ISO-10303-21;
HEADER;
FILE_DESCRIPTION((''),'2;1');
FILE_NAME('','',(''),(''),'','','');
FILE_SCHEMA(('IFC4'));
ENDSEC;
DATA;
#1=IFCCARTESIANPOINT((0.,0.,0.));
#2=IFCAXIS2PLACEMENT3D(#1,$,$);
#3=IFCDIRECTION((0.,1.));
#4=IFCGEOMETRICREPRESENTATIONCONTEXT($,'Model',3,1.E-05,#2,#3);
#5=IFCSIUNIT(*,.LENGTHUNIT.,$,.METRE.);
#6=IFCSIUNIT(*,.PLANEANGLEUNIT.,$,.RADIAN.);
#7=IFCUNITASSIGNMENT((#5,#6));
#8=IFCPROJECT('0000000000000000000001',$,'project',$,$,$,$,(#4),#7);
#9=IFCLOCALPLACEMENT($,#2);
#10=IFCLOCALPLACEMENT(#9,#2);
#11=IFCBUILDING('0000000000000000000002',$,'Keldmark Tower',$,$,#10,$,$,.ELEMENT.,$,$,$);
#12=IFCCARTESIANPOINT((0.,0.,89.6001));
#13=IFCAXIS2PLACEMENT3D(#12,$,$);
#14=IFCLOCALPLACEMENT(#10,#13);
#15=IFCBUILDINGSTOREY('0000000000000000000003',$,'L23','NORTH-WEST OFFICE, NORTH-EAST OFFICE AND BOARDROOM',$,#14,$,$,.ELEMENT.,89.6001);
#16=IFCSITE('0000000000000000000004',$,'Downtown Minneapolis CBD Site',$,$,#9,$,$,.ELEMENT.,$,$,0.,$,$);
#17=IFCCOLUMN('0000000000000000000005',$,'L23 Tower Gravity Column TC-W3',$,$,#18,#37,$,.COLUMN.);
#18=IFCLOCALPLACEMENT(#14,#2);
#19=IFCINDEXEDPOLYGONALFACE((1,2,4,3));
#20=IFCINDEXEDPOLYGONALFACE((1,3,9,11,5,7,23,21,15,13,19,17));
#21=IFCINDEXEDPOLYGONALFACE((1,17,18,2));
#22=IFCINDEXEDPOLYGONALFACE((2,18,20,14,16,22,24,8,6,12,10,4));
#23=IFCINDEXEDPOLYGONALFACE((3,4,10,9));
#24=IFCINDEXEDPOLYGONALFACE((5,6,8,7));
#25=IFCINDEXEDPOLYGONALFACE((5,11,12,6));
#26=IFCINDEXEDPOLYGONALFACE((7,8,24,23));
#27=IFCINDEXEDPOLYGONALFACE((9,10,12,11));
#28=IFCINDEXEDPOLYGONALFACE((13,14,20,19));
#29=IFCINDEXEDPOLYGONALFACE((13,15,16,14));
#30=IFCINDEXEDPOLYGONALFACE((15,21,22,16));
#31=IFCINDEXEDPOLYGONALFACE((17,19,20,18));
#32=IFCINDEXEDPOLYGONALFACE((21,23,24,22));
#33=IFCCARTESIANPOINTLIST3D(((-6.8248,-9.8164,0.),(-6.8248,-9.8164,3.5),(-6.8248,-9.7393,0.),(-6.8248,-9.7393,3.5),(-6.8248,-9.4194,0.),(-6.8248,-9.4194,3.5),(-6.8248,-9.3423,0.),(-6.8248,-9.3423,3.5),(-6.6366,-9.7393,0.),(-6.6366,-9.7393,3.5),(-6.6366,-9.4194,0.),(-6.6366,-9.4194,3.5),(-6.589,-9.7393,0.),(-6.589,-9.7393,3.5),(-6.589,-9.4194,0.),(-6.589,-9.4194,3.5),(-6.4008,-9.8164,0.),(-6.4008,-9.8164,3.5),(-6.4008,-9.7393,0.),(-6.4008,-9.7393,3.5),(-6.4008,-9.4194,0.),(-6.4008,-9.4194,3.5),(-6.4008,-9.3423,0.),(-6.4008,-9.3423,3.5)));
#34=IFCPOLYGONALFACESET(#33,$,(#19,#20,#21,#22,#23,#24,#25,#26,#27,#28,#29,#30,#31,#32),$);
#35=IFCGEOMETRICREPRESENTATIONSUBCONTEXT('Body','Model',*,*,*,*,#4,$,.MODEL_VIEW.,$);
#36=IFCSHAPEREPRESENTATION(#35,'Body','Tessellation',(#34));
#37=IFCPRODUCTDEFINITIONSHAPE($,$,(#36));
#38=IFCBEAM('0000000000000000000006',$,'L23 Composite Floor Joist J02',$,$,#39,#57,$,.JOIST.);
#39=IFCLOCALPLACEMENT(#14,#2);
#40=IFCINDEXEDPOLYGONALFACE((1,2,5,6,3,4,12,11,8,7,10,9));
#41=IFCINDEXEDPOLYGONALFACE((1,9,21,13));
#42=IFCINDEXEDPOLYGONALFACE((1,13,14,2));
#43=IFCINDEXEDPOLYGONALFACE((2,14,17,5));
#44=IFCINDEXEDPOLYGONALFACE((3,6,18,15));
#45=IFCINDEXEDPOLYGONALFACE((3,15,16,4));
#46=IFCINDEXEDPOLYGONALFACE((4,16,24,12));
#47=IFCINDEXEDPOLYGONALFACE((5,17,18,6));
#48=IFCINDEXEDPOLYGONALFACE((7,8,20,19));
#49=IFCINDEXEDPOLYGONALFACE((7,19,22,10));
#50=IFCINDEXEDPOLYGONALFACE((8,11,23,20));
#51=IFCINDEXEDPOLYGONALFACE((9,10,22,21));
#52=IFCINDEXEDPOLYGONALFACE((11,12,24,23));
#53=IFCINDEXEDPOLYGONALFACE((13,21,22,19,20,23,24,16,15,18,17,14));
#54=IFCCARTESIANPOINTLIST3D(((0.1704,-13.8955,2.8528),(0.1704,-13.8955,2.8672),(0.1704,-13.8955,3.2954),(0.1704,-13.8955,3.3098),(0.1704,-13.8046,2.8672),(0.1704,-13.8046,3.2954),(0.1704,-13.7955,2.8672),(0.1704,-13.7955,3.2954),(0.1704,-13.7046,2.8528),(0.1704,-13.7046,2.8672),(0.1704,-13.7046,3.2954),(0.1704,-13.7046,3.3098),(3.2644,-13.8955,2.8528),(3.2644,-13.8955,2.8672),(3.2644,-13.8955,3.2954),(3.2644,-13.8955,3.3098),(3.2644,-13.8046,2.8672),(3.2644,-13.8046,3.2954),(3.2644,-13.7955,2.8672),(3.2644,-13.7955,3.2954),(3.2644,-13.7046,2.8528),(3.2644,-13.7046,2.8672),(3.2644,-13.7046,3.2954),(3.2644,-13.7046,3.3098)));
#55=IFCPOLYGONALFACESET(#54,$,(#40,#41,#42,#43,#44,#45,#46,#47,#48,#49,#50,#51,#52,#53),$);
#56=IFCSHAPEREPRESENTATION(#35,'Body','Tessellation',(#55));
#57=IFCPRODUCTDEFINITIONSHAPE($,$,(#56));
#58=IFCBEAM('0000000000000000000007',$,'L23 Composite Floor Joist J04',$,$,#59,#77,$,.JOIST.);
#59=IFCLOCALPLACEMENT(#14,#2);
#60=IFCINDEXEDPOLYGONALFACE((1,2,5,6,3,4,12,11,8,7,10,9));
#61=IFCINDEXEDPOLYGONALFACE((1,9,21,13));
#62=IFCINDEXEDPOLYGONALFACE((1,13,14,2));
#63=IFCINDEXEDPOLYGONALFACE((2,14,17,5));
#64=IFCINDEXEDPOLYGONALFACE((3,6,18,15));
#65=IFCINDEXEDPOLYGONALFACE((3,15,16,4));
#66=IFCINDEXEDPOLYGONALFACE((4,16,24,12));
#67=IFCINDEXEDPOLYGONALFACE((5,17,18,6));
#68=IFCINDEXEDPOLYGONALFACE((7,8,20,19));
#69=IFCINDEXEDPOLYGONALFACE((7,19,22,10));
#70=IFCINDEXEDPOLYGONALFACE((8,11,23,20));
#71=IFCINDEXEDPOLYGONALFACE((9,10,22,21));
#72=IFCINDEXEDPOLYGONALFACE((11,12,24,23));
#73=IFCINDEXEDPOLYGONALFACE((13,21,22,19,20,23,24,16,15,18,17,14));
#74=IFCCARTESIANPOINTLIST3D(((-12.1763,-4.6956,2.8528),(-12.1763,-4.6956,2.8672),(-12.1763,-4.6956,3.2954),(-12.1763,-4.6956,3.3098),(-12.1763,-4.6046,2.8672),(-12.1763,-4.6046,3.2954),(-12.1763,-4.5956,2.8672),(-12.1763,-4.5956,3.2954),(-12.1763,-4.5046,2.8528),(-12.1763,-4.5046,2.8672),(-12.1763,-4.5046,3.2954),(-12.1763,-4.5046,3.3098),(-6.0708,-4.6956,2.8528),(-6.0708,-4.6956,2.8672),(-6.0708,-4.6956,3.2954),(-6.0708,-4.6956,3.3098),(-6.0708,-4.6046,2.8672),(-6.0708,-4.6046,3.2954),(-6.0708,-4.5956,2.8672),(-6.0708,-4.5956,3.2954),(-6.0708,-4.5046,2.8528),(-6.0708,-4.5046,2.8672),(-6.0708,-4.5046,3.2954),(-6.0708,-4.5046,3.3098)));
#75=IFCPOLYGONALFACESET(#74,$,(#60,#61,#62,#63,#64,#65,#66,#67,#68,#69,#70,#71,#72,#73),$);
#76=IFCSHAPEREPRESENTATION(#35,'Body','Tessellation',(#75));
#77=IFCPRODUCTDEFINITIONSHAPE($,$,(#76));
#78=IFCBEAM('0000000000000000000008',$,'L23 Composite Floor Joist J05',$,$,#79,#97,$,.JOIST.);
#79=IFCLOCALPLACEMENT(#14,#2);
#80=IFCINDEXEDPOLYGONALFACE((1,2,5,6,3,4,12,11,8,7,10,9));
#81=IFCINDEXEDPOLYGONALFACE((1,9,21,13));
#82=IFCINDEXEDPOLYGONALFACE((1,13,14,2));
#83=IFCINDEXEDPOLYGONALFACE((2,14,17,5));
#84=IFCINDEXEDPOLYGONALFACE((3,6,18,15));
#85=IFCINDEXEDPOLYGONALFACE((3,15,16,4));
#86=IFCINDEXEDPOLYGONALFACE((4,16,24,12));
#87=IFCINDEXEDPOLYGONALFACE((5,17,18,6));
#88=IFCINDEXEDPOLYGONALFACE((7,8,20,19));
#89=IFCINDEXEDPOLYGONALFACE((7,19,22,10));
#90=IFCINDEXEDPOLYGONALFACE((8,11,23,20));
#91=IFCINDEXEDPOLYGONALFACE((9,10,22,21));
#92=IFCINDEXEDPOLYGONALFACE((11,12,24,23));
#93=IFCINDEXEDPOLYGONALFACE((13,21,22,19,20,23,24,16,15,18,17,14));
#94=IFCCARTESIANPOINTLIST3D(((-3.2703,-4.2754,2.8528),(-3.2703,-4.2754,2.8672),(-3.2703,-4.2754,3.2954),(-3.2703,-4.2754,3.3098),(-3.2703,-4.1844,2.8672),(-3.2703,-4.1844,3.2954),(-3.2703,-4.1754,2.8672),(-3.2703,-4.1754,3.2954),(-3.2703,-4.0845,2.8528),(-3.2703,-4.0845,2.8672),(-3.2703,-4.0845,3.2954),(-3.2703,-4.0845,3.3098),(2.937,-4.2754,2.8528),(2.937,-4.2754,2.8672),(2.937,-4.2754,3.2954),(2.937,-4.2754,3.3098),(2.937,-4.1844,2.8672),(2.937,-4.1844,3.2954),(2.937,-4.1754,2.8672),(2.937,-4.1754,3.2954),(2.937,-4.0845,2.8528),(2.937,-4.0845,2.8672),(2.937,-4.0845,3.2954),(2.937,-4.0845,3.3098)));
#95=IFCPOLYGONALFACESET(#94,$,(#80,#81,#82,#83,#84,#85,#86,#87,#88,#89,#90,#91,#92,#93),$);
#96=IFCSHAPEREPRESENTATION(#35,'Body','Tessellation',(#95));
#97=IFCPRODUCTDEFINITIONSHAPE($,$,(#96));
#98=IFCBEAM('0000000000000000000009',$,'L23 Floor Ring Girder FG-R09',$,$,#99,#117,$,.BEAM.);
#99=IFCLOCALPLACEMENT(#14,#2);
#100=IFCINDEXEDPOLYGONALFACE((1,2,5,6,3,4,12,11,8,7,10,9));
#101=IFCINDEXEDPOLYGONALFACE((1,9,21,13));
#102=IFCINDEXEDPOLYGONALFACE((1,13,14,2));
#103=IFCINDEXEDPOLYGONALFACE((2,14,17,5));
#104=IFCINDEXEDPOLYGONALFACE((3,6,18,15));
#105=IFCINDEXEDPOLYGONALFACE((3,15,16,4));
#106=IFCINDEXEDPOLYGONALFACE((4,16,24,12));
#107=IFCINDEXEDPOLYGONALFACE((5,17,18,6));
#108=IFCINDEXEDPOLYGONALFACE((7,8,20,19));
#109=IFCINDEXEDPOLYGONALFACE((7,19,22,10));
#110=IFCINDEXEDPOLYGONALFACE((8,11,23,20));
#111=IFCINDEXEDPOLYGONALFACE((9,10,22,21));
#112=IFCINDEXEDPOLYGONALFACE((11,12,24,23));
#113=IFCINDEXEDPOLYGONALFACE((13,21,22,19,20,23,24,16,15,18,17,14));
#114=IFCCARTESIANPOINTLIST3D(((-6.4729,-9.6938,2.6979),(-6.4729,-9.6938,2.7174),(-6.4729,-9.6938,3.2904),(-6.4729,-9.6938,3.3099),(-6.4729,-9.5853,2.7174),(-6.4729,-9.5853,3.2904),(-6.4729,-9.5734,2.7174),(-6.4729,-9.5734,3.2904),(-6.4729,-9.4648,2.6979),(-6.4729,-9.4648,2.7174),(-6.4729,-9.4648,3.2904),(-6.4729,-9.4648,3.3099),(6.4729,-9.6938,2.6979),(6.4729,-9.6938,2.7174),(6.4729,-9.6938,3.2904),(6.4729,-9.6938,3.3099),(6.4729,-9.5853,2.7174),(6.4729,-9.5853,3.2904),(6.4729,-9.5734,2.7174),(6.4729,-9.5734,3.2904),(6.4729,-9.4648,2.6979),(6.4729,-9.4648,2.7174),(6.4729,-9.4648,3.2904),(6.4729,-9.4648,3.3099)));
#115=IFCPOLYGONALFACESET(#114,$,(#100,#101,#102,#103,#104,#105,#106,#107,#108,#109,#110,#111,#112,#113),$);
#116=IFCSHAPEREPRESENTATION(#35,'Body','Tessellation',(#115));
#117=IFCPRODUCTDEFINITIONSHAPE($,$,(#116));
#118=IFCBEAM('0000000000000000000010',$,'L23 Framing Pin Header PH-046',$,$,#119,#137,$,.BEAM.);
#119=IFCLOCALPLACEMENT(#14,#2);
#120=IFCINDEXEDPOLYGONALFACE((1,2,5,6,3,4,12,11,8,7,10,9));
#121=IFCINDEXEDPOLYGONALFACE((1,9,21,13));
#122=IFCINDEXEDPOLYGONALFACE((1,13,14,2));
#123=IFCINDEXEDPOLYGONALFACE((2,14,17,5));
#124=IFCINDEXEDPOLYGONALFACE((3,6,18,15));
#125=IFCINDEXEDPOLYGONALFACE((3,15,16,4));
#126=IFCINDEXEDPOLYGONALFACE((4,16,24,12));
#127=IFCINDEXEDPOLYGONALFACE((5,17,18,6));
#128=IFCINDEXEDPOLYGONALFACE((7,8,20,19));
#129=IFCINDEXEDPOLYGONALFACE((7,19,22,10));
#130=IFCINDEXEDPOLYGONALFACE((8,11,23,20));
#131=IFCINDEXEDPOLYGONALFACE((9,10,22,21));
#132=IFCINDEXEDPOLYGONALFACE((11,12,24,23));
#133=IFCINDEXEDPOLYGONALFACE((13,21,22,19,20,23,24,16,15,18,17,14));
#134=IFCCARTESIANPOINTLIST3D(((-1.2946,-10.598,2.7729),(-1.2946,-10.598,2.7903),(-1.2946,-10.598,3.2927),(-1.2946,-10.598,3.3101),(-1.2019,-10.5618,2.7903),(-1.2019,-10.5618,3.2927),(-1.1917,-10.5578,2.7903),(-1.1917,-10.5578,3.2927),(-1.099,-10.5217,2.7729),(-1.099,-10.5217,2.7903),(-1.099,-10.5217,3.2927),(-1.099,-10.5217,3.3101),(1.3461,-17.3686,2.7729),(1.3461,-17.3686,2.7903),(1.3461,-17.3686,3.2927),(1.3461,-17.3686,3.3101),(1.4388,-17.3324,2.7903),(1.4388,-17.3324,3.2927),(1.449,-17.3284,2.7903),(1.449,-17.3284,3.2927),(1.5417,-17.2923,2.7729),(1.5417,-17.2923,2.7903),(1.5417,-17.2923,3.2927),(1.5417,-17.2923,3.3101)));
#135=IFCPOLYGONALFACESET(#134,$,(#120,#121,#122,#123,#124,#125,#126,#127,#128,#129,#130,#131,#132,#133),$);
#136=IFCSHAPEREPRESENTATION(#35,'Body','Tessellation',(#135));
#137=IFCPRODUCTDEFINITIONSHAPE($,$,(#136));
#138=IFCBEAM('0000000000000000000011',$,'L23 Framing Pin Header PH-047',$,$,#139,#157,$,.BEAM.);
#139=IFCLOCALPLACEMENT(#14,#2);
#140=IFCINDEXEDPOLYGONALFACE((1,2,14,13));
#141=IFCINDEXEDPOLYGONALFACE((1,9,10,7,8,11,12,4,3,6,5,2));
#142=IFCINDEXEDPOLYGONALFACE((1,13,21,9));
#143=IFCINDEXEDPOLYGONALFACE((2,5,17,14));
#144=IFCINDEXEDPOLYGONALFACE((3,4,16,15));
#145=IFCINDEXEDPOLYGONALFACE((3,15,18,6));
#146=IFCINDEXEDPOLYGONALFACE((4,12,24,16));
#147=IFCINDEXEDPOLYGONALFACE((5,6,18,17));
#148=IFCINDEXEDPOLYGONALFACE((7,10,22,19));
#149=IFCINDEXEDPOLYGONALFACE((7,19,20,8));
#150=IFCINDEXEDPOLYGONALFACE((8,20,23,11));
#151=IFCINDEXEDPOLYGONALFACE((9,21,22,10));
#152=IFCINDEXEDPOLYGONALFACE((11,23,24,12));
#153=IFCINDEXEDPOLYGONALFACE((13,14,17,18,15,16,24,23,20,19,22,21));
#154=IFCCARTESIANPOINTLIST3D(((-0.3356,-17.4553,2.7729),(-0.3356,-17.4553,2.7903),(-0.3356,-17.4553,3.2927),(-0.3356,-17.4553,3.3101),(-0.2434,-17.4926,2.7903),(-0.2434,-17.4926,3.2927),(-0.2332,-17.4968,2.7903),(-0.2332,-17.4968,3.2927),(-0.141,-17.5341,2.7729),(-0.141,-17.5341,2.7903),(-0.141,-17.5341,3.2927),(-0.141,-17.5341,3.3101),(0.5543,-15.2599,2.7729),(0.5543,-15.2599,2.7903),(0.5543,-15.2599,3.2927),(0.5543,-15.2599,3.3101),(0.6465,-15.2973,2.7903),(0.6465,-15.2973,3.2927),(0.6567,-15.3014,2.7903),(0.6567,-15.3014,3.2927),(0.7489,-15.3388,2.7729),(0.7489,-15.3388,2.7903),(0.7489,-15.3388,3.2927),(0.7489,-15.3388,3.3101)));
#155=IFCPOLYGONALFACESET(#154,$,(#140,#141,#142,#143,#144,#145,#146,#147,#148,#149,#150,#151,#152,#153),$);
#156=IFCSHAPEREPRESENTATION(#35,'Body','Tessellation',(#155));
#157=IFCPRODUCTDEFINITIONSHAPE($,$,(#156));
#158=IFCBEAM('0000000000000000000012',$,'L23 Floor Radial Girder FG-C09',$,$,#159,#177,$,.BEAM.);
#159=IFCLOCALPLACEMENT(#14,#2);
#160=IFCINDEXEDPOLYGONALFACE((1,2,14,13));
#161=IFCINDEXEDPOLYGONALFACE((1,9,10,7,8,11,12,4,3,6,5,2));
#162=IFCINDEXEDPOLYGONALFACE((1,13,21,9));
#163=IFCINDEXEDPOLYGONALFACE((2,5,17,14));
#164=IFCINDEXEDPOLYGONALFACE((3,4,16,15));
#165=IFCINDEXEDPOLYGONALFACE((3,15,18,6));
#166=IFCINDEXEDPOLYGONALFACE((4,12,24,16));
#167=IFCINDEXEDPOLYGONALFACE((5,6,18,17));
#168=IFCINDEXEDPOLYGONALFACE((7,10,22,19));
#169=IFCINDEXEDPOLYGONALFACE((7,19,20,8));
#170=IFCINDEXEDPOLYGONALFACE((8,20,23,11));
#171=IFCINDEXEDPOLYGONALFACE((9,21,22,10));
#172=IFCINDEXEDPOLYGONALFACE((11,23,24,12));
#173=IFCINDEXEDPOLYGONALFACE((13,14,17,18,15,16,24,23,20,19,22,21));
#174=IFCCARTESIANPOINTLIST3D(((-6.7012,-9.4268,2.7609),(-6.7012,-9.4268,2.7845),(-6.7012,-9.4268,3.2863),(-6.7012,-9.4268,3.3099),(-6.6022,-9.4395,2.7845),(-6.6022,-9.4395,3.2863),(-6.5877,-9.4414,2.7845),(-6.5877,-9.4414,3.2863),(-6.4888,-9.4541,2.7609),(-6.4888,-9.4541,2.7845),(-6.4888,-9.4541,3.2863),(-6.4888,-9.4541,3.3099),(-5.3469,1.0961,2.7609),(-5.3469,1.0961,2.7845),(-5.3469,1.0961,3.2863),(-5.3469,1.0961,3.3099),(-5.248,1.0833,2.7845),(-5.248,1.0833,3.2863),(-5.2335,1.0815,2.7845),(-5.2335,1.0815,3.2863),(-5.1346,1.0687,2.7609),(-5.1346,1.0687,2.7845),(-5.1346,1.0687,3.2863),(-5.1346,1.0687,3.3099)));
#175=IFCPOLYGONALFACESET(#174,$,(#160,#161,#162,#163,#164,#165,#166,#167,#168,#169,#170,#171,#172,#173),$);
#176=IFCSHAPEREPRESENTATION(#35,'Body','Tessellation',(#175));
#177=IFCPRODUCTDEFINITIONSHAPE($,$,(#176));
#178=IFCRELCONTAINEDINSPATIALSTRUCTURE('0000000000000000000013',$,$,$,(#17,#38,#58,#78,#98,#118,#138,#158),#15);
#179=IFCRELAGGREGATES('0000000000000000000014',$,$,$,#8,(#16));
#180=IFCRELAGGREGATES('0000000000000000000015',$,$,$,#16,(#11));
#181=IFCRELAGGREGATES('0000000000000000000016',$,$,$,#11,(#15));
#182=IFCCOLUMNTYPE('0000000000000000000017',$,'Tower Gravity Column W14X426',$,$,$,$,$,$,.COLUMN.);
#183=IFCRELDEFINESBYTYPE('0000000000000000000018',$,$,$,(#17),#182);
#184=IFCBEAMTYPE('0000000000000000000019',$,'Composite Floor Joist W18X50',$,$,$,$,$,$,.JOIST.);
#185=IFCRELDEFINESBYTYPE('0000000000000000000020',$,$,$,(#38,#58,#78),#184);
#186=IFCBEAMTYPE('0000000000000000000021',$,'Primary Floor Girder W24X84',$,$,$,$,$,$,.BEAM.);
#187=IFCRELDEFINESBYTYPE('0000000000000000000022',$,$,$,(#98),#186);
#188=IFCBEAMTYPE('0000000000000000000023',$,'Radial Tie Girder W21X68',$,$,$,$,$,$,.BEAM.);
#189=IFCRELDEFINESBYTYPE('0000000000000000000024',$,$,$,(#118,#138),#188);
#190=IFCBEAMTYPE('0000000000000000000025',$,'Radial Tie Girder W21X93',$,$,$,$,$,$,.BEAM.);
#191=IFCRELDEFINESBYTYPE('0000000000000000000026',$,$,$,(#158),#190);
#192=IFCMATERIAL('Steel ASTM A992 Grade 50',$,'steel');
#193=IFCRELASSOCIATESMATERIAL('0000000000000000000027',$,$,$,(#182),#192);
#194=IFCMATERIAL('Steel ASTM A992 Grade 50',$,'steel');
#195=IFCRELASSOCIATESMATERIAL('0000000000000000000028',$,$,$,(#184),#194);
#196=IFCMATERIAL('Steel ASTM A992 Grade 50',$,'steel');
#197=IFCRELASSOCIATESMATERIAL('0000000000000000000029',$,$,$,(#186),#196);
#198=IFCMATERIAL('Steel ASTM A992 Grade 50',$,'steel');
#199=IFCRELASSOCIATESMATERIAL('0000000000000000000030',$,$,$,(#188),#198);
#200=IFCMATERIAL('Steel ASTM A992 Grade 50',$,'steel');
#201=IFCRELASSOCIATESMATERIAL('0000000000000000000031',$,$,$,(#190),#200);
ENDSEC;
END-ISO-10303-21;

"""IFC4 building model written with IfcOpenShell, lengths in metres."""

from ifc_helpers import new_model, si_unit, direction, frame, origin, origin_2d, place, context, subcontext, project, spatial, i_section, extrude, material, material_profile, profile_set, type_object, element, save


model = new_model("IFC4")

# Units and contexts
model_context = context("Model", 3, precision=1e-05, world=origin(), true_north=direction((0.0, 1.0)))
body_context = subcontext(model_context, "Body", "Model", "MODEL_VIEW")
ifc_project = project(units=[si_unit("LENGTHUNIT", "METRE"), si_unit("PLANEANGLEUNIT", "RADIAN")], contexts=[model_context])

# Site, building, storey
site_placement = place(None, origin())
site = spatial("IfcSite", under=ifc_project, at=site_placement, Name="Downtown Minneapolis CBD Site", CompositionType="ELEMENT", RefElevation=0.0)
building_placement = place(site_placement, origin())
building = spatial("IfcBuilding", under=site, at=building_placement, Name="Keldmark Tower", CompositionType="ELEMENT")
storey_placement = place(building_placement, frame((0.0, 0.0, 89.6001)))
storey = spatial("IfcBuildingStorey", under=building, at=storey_placement, Name="L23", Description="NORTH-WEST OFFICE, NORTH-EAST OFFICE AND BOARDROOM", CompositionType="ELEMENT", Elevation=89.6001)

# Column
ifc_material_1 = material(Name="Steel ASTM A992 Grade 50", Category="steel")
ifc_material_profile_1 = material_profile(ifc_material_1, i_section(OverallWidth=0.4241, OverallDepth=0.4741, WebThickness=0.0476, FlangeThickness=0.0771, at=origin_2d()), Name="W14X426")
ifc_profile_set_1 = profile_set([ifc_material_profile_1], Name="Steel ASTM A992 Grade 50")
column_type = type_object("IfcColumnType", Name="Tower Gravity Column W14X426", PredefinedType="COLUMN", material=ifc_profile_set_1)
column_placement = place(storey_placement, frame((-6.6128, -9.5793, 0.0), z_axis=(0.0, 0.0, 1.0), x_axis=(1.0, 0.0, 0.0)))
element("IfcColumn", 1, at=column_placement, inside=storey, type_object=column_type, Name="L23 Tower Gravity Column TC-W3", PredefinedType="COLUMN", context=body_context, shape_type="SweptSolid", body=[
    extrude(i_section(OverallWidth=0.4241, OverallDepth=0.4741, WebThickness=0.0476, FlangeThickness=0.0771, at=origin_2d()), origin(), (0.0, 0.0, 1.0), 3.5),
])

# Beams
ifc_material_2 = material(Name="Steel ASTM A992 Grade 50", Category="steel")
ifc_material_profile_2 = material_profile(ifc_material_2, i_section(OverallWidth=0.1909, OverallDepth=0.457, WebThickness=0.009, FlangeThickness=0.0144, at=origin_2d()), Name="W18X50")
ifc_profile_set_2 = profile_set([ifc_material_profile_2], Name="Steel ASTM A992 Grade 50")
beam_type_1 = type_object("IfcBeamType", Name="Composite Floor Joist W18X50", PredefinedType="JOIST", material=ifc_profile_set_2)
beam_1_placement = place(storey_placement, frame((0.1704, -13.8, 3.0813), z_axis=(1.0, 0.0, 0.0), x_axis=(0.0, 1.0, 0.0)))
element("IfcBeam", 2, at=beam_1_placement, inside=storey, type_object=beam_type_1, Name="L23 Composite Floor Joist J02", PredefinedType="JOIST", context=body_context, shape_type="SweptSolid", body=[
    extrude(i_section(OverallWidth=0.1909, OverallDepth=0.457, WebThickness=0.009, FlangeThickness=0.0144, at=origin_2d()), origin(), (0.0, 0.0, 1.0), 3.094),
])
beam_2_placement = place(storey_placement, frame((-12.1763, -4.6001, 3.0813), z_axis=(1.0, 0.0, 0.0), x_axis=(0.0, 1.0, 0.0)))
element("IfcBeam", 3, at=beam_2_placement, inside=storey, type_object=beam_type_1, Name="L23 Composite Floor Joist J04", PredefinedType="JOIST", context=body_context, shape_type="SweptSolid", body=[
    extrude(i_section(OverallWidth=0.1909, OverallDepth=0.457, WebThickness=0.009, FlangeThickness=0.0144, at=origin_2d()), origin(), (0.0, 0.0, 1.0), 6.1055),
])
beam_3_placement = place(storey_placement, frame((-3.2703, -4.1799, 3.0813), z_axis=(1.0, 0.0, 0.0), x_axis=(0.0, 1.0, 0.0)))
element("IfcBeam", 4, at=beam_3_placement, inside=storey, type_object=beam_type_1, Name="L23 Composite Floor Joist J05", PredefinedType="JOIST", context=body_context, shape_type="SweptSolid", body=[
    extrude(i_section(OverallWidth=0.1909, OverallDepth=0.457, WebThickness=0.009, FlangeThickness=0.0144, at=origin_2d()), origin(), (0.0, 0.0, 1.0), 6.2073),
])
ifc_material_3 = material(Name="Steel ASTM A992 Grade 50", Category="steel")
ifc_material_profile_3 = material_profile(ifc_material_3, i_section(OverallWidth=0.229, OverallDepth=0.6121, WebThickness=0.012, FlangeThickness=0.0195, at=origin_2d()), Name="W24X84")
ifc_profile_set_3 = profile_set([ifc_material_profile_3], Name="Steel ASTM A992 Grade 50")
beam_type_2 = type_object("IfcBeamType", Name="Primary Floor Girder W24X84", PredefinedType="BEAM", material=ifc_profile_set_3)
beam_4_placement = place(storey_placement, frame((-6.4729, -9.5793, 3.0039), z_axis=(1.0, 0.0, 0.0), x_axis=(0.0, 1.0, 0.0)))
element("IfcBeam", 5, at=beam_4_placement, inside=storey, type_object=beam_type_2, Name="L23 Floor Ring Girder FG-R09", PredefinedType="BEAM", context=body_context, shape_type="SweptSolid", body=[
    extrude(i_section(OverallWidth=0.229, OverallDepth=0.6121, WebThickness=0.012, FlangeThickness=0.0195, at=origin_2d()), origin(), (0.0, 0.0, 1.0), 12.9458),
])
ifc_material_4 = material(Name="Steel ASTM A992 Grade 50", Category="steel")
ifc_material_profile_4 = material_profile(ifc_material_4, i_section(OverallWidth=0.21, OverallDepth=0.5371, WebThickness=0.011, FlangeThickness=0.0173, at=origin_2d()), Name="W21X68")
ifc_profile_set_4 = profile_set([ifc_material_profile_4], Name="Steel ASTM A992 Grade 50")
beam_type_3 = type_object("IfcBeamType", Name="Radial Tie Girder W21X68", PredefinedType="BEAM", material=ifc_profile_set_4)
beam_5_placement = place(storey_placement, frame((-1.1968, -10.5598, 3.0415), z_axis=(0.36336, -0.931649, 0.0), x_axis=(0.931649, 0.36336, 0.0)))
element("IfcBeam", 6, at=beam_5_placement, inside=storey, type_object=beam_type_3, Name="L23 Framing Pin Header PH-046", PredefinedType="BEAM", context=body_context, shape_type="SweptSolid", body=[
    extrude(i_section(OverallWidth=0.21, OverallDepth=0.5371, WebThickness=0.011, FlangeThickness=0.0173, at=origin_2d()), origin(), (0.0, 0.0, 1.0), 7.2673),
])
beam_6_placement = place(storey_placement, frame((0.6516, -15.2993, 3.0415), z_axis=(-0.375669, -0.926754, 0.0), x_axis=(0.926754, -0.375669, 0.0)))
element("IfcBeam", 7, at=beam_6_placement, inside=storey, type_object=beam_type_3, Name="L23 Framing Pin Header PH-047", PredefinedType="BEAM", context=body_context, shape_type="SweptSolid", body=[
    extrude(i_section(OverallWidth=0.21, OverallDepth=0.5371, WebThickness=0.011, FlangeThickness=0.0173, at=origin_2d()), origin(), (0.0, 0.0, 1.0), 2.3689),
])
ifc_material_5 = material(Name="Steel ASTM A992 Grade 50", Category="steel")
ifc_material_profile_5 = material_profile(ifc_material_5, i_section(OverallWidth=0.2141, OverallDepth=0.5491, WebThickness=0.0146, FlangeThickness=0.0237, at=origin_2d()), Name="W21X93")
ifc_profile_set_5 = profile_set([ifc_material_profile_5], Name="Steel ASTM A992 Grade 50")
beam_type_4 = type_object("IfcBeamType", Name="Radial Tie Girder W21X93", PredefinedType="BEAM", material=ifc_profile_set_5)
beam_7_placement = place(storey_placement, frame((-6.595, -9.4404, 3.0354), z_axis=(0.127642, 0.99182, 0.0), x_axis=(-0.99182, 0.127642, 0.0)))
element("IfcBeam", 8, at=beam_7_placement, inside=storey, type_object=beam_type_4, Name="L23 Floor Radial Girder FG-C09", PredefinedType="BEAM", context=body_context, shape_type="SweptSolid", body=[
    extrude(i_section(OverallWidth=0.2141, OverallDepth=0.5491, WebThickness=0.0146, FlangeThickness=0.0237, at=origin_2d()), origin(), (0.0, 0.0, 1.0), 10.6096),
])

save(model, "model.ifc")
